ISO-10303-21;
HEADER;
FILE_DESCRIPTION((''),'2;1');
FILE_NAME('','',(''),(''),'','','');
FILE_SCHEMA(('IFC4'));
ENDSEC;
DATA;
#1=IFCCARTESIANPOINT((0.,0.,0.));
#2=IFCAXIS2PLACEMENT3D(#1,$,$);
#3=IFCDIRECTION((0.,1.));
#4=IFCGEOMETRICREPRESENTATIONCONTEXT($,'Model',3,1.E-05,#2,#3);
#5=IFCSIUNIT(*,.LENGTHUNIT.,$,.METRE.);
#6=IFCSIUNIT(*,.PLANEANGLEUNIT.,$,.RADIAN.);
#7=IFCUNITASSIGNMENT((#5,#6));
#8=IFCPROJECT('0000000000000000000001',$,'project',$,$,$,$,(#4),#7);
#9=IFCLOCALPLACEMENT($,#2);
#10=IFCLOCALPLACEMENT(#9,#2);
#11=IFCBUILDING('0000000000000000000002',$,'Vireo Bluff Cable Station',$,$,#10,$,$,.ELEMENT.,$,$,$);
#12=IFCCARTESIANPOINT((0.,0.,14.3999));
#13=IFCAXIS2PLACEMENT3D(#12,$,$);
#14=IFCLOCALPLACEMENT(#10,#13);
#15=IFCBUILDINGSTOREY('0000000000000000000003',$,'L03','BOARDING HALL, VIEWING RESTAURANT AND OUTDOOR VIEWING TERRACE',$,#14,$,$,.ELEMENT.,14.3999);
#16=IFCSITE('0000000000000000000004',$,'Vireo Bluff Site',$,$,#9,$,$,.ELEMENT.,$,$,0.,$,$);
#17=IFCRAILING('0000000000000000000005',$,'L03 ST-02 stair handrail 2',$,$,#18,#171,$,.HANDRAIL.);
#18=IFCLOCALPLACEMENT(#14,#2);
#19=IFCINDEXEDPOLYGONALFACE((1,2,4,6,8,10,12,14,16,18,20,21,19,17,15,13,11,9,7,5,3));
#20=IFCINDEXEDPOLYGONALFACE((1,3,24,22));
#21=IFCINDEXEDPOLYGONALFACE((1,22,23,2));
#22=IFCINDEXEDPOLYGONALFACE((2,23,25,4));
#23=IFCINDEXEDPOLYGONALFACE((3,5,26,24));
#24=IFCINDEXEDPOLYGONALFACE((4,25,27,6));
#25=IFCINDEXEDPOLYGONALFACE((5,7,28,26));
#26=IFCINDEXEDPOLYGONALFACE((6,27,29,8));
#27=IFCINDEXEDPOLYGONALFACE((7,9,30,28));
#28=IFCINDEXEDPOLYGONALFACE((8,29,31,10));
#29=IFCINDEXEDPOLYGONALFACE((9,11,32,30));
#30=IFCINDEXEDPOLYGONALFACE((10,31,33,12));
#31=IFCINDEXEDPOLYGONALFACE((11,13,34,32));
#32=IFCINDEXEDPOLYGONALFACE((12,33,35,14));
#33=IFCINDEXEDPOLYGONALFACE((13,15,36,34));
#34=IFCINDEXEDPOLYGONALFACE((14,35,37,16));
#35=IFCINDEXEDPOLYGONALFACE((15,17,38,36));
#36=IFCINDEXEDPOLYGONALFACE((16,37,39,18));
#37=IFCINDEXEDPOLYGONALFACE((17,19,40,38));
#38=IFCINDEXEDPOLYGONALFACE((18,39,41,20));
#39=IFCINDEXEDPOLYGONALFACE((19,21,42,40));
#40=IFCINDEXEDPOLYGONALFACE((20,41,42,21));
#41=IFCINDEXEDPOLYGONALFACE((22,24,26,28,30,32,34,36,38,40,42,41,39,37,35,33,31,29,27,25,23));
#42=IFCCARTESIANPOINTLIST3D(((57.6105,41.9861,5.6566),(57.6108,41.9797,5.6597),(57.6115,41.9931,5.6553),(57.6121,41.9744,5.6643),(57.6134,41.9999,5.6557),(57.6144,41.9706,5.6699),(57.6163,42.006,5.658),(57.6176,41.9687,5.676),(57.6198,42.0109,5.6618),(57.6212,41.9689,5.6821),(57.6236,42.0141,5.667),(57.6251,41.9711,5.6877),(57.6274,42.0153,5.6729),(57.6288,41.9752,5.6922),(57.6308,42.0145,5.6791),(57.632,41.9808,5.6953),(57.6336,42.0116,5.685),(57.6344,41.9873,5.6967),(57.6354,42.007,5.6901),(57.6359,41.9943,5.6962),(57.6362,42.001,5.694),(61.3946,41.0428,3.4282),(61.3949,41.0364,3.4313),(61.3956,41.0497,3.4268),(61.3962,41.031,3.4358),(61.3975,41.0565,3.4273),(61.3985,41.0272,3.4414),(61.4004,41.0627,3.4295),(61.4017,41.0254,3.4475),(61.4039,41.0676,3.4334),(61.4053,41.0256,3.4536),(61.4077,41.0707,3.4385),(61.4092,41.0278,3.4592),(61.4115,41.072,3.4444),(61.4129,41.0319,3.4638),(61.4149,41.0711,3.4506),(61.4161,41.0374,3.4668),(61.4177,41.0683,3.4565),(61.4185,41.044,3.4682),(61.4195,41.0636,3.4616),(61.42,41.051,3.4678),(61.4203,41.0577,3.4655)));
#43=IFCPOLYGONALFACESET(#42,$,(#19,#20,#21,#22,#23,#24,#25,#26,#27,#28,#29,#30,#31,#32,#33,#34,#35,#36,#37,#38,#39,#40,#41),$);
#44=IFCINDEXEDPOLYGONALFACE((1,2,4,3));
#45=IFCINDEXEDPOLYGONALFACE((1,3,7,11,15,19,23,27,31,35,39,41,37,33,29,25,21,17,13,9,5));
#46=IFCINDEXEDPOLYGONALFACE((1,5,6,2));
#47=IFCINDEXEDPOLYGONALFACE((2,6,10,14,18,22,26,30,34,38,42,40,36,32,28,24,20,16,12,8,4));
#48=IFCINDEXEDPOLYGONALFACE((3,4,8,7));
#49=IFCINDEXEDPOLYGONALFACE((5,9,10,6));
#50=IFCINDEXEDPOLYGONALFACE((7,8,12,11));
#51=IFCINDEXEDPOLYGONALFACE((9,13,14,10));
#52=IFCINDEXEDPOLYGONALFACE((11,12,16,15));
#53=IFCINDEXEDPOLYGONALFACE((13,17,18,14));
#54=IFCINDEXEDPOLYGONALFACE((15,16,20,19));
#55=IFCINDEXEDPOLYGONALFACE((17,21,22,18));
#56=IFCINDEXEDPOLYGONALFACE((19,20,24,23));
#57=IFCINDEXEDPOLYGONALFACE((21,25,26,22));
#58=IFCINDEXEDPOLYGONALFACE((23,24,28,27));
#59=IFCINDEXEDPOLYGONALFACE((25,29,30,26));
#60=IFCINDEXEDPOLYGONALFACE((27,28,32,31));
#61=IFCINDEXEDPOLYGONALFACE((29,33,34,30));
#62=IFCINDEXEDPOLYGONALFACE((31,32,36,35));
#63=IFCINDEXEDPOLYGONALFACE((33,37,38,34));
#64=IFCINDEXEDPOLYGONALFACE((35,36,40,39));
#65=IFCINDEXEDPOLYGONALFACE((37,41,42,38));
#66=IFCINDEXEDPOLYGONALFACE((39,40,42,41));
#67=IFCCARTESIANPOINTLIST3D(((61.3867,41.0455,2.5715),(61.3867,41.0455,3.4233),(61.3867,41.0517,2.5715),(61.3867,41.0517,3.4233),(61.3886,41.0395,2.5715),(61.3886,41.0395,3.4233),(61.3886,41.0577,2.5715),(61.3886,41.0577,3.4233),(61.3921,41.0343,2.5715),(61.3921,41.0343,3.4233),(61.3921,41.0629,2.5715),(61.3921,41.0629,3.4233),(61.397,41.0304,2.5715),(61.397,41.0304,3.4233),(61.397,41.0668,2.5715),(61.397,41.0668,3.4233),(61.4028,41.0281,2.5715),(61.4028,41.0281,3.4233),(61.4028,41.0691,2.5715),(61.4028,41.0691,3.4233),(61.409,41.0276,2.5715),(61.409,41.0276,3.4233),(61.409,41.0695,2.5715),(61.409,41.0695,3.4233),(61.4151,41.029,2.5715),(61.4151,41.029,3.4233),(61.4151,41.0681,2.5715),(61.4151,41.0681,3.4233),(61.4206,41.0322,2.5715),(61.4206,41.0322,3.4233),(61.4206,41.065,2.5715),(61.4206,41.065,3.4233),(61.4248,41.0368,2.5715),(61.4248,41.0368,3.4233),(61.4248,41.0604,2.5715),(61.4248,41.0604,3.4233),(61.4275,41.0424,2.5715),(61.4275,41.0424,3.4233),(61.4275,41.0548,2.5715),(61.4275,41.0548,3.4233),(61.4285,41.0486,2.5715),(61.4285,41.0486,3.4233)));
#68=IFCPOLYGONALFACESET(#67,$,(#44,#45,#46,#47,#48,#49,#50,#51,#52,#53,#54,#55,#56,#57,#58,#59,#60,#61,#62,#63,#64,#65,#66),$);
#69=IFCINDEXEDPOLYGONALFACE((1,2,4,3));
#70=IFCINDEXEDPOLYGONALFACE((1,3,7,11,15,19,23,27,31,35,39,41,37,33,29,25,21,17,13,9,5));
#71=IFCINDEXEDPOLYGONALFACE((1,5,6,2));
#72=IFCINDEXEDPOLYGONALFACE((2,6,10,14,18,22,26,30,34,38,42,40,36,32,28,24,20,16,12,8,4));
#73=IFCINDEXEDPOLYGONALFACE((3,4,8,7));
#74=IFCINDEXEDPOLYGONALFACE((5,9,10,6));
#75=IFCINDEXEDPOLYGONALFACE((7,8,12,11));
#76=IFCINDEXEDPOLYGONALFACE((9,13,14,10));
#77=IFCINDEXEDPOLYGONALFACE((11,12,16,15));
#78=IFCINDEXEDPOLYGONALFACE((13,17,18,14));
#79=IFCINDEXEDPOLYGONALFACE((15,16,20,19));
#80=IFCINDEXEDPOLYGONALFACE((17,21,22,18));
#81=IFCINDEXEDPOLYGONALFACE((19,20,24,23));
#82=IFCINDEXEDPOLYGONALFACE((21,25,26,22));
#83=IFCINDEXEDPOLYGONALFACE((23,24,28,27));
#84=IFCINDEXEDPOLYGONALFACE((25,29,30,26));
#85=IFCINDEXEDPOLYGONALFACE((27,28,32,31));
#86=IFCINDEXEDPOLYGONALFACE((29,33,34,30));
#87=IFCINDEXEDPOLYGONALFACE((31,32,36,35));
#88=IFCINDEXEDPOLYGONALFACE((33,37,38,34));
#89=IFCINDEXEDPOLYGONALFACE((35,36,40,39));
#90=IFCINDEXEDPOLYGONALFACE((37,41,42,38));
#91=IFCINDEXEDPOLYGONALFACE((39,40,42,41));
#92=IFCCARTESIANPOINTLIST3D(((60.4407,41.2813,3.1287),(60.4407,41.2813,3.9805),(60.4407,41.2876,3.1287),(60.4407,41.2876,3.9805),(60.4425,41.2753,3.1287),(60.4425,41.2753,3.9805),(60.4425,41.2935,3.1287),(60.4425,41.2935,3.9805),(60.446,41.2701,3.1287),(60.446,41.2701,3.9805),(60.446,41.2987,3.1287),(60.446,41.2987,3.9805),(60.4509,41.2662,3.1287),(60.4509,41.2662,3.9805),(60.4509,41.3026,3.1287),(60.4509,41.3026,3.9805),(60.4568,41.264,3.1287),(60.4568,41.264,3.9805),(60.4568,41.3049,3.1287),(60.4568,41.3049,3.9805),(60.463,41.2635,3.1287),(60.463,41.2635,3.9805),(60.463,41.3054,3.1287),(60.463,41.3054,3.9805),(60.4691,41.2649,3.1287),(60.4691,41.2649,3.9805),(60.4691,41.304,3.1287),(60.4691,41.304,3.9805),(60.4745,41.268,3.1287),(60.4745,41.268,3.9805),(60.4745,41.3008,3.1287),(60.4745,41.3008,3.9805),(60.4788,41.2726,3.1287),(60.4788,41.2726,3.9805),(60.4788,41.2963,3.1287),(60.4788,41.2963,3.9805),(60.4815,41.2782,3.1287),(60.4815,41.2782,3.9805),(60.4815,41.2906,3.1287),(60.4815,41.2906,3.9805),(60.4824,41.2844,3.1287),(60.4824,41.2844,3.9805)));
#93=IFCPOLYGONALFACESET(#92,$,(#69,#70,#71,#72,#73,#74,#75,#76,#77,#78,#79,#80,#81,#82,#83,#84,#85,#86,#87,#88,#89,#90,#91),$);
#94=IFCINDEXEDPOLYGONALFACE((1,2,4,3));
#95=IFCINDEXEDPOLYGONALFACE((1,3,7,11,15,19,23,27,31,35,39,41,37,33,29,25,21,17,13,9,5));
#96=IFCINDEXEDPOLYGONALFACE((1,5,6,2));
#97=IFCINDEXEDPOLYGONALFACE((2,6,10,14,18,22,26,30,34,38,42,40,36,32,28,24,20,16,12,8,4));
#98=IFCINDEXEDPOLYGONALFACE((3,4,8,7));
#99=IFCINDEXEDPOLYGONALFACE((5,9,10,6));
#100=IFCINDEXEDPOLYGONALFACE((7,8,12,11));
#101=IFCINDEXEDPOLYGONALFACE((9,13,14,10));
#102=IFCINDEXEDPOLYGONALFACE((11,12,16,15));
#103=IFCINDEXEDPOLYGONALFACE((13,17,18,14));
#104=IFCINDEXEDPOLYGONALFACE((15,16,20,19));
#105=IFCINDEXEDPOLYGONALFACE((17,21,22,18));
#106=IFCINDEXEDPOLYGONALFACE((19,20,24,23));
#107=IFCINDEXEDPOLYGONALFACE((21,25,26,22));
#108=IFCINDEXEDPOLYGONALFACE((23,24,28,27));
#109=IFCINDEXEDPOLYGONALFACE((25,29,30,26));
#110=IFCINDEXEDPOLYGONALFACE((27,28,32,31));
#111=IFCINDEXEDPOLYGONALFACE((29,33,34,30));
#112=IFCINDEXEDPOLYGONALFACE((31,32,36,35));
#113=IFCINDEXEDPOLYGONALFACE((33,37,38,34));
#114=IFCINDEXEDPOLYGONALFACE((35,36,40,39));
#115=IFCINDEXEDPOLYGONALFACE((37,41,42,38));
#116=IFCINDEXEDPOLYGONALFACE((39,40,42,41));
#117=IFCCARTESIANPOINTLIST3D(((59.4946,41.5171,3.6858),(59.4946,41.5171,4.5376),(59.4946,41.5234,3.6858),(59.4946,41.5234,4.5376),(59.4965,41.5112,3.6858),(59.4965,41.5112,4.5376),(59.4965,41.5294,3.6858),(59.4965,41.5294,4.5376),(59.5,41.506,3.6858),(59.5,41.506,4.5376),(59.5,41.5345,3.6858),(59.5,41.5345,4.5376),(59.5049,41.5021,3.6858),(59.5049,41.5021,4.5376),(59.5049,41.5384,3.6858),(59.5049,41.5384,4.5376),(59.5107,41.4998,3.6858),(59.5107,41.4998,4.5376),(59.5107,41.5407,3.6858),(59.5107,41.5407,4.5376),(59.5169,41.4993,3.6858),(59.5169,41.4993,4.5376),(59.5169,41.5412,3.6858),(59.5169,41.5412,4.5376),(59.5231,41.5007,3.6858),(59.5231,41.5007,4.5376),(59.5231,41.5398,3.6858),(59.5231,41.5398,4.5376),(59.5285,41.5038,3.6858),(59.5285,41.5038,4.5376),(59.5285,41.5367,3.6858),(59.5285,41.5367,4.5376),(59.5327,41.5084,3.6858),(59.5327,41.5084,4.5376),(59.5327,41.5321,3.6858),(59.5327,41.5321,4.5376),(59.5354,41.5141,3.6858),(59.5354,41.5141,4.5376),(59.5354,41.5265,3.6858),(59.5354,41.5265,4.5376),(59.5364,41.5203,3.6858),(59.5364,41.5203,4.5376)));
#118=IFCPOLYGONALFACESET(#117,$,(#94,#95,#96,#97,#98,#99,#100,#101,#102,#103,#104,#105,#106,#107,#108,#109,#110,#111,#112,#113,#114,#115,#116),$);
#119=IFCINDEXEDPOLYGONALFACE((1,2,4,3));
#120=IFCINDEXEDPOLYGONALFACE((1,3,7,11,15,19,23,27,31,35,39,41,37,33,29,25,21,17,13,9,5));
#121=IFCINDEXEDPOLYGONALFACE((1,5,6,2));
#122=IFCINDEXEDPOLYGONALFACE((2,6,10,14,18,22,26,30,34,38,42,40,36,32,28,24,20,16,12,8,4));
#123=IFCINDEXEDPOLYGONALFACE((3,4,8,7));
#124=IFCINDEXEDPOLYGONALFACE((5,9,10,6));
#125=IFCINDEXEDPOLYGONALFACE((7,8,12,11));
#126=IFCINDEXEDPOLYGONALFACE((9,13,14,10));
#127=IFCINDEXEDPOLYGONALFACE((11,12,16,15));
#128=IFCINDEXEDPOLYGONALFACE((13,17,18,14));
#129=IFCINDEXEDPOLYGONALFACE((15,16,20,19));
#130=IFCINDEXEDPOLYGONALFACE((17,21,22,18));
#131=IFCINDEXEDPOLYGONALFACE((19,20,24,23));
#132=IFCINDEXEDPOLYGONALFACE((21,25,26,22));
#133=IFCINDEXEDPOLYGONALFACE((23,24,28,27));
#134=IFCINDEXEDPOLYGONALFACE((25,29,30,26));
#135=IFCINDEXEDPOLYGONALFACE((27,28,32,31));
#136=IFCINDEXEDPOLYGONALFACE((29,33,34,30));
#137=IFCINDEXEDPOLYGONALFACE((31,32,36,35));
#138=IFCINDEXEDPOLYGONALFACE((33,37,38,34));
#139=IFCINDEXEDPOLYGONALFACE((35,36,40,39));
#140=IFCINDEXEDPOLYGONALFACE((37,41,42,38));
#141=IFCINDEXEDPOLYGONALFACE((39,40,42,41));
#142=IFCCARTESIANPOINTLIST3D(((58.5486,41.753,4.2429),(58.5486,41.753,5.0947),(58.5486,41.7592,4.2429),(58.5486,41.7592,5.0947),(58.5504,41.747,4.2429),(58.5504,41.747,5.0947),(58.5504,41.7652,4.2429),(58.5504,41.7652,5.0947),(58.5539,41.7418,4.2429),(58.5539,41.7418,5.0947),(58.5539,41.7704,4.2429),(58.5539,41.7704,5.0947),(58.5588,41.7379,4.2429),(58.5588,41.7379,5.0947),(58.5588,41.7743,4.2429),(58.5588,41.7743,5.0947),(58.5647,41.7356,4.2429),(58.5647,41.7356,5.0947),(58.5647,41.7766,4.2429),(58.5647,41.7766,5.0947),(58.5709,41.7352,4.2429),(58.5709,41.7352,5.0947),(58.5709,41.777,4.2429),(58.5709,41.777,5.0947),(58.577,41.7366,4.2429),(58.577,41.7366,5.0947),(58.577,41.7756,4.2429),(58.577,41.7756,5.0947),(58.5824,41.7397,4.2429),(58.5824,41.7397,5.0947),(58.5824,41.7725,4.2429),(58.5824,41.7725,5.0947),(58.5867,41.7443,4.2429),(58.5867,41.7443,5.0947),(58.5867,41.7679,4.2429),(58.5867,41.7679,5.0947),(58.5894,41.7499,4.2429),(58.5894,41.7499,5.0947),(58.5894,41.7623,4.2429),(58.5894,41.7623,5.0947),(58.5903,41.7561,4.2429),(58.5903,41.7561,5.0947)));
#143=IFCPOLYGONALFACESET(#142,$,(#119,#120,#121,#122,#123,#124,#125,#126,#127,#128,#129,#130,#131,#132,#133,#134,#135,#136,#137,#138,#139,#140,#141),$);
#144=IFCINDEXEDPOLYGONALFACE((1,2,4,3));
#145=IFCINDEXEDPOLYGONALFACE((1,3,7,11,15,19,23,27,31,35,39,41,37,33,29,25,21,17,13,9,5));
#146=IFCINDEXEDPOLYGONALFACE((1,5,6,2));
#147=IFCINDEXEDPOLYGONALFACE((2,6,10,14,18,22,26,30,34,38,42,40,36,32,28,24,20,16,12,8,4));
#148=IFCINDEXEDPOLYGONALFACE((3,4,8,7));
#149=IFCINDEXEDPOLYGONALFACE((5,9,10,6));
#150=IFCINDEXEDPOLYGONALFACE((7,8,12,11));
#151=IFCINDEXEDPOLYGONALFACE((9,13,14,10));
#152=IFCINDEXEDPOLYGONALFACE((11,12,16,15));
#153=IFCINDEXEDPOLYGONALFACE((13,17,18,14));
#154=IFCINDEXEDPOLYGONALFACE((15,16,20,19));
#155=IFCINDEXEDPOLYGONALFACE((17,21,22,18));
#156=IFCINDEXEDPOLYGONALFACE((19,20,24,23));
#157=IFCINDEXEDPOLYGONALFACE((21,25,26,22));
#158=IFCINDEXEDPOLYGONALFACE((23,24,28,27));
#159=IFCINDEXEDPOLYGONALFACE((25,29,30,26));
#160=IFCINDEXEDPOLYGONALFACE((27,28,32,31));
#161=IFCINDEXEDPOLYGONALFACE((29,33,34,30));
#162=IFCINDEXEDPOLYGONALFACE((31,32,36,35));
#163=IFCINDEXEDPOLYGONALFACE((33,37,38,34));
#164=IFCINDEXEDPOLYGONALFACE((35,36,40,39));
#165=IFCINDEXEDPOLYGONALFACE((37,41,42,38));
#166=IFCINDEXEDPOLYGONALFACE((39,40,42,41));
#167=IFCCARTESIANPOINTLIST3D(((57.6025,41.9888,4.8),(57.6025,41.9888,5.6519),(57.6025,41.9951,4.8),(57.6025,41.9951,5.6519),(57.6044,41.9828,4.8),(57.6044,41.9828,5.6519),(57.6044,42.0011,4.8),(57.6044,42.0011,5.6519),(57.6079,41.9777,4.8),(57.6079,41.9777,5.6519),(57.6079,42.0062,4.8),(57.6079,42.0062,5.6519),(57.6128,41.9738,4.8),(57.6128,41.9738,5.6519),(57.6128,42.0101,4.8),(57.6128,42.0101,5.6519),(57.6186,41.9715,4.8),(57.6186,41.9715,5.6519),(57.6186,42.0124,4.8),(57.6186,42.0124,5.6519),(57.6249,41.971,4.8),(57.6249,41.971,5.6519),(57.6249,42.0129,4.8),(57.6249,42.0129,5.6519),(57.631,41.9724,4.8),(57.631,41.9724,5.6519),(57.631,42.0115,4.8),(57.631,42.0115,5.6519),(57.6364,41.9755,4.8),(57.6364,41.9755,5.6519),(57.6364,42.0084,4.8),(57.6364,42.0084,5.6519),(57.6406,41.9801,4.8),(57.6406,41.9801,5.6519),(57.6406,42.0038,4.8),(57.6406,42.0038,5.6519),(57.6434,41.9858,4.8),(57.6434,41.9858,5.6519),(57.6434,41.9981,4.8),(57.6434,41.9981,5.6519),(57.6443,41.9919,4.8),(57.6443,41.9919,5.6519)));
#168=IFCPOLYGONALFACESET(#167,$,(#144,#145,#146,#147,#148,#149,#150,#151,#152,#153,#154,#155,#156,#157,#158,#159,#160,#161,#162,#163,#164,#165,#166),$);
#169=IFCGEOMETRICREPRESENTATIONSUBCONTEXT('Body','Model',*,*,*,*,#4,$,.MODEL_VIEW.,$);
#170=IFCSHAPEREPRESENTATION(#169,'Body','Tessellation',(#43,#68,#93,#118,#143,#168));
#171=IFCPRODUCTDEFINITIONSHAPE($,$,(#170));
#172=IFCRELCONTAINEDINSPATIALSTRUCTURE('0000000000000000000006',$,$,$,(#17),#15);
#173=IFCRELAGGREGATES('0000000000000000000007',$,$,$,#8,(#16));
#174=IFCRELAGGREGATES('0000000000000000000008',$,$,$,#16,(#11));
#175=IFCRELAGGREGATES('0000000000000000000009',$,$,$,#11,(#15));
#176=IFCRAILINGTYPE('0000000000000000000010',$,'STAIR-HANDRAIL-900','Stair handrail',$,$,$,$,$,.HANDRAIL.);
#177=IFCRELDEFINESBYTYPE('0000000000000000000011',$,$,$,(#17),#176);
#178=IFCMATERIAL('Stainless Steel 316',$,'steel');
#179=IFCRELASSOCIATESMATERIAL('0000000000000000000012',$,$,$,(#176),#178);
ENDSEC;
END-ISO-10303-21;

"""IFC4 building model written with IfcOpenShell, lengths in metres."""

from ifc_helpers import new_model, si_unit, direction, frame, origin, origin_2d, place, context, subcontext, project, spatial, circle, extrude, material, type_object, element, save


model = new_model("IFC4")

# Units and contexts
model_context = context("Model", 3, precision=1e-05, world=origin(), true_north=direction((0.0, 1.0)))
body_context = subcontext(model_context, "Body", "Model", "MODEL_VIEW")
ifc_project = project(units=[si_unit("LENGTHUNIT", "METRE"), si_unit("PLANEANGLEUNIT", "RADIAN")], contexts=[model_context])

# Site, building, storey
site_placement = place(None, origin())
site = spatial("IfcSite", under=ifc_project, at=site_placement, Name="Vireo Bluff Site", CompositionType="ELEMENT", RefElevation=0.0)
building_placement = place(site_placement, origin())
building = spatial("IfcBuilding", under=site, at=building_placement, Name="Vireo Bluff Cable Station", CompositionType="ELEMENT")
storey_placement = place(building_placement, frame((0.0, 0.0, 14.3999)))
storey = spatial("IfcBuildingStorey", under=building, at=storey_placement, Name="L03", Description="BOARDING HALL, VIEWING RESTAURANT AND OUTDOOR VIEWING TERRACE", CompositionType="ELEMENT", Elevation=14.3999)

# Shared definitions
ifc_material_1 = material(Name="Stainless Steel 316", Category="steel")

# Railing
railing_type_1 = type_object("IfcRailingType", Name="STAIR-HANDRAIL-900", Description="Stair handrail", PredefinedType="HANDRAIL", material=ifc_material_1)
railing_1_placement = place(storey_placement, frame((61.4075, 41.0486, 2.5715)))
element("IfcRailing", 1, at=railing_1_placement, inside=storey, type_object=railing_type_1, Name="L03 ST-02 stair handrail 2", PredefinedType="HANDRAIL", context=body_context, shape_type="SweptSolid", body=[
    extrude(circle(Radius=0.0239, at=origin_2d()), frame((0.0, 0.0, 0.876), z_axis=(-0.842465, 0.210018, 0.49613), x_axis=(-0.241887, -0.970304, 0.0)), (0.0, 0.0, 1.0), 4.4917),
    extrude(circle(Radius=0.021, at=origin_2d()), origin(), (0.0, 0.0, 1.0), 0.8518),
    extrude(circle(Radius=0.021, at=origin_2d()), frame((-0.946, 0.2358, 0.5571)), (0.0, 0.0, 1.0), 0.8518),
    extrude(circle(Radius=0.021, at=origin_2d()), frame((-1.8921, 0.4717, 1.1143)), (0.0, 0.0, 1.0), 0.8518),
    extrude(circle(Radius=0.021, at=origin_2d()), frame((-2.8381, 0.7075, 1.6714)), (0.0, 0.0, 1.0), 0.8518),
    extrude(circle(Radius=0.021, at=origin_2d()), frame((-3.7842, 0.9434, 2.2285)), (0.0, 0.0, 1.0), 0.8518),
])

save(model, "model.ifc")
